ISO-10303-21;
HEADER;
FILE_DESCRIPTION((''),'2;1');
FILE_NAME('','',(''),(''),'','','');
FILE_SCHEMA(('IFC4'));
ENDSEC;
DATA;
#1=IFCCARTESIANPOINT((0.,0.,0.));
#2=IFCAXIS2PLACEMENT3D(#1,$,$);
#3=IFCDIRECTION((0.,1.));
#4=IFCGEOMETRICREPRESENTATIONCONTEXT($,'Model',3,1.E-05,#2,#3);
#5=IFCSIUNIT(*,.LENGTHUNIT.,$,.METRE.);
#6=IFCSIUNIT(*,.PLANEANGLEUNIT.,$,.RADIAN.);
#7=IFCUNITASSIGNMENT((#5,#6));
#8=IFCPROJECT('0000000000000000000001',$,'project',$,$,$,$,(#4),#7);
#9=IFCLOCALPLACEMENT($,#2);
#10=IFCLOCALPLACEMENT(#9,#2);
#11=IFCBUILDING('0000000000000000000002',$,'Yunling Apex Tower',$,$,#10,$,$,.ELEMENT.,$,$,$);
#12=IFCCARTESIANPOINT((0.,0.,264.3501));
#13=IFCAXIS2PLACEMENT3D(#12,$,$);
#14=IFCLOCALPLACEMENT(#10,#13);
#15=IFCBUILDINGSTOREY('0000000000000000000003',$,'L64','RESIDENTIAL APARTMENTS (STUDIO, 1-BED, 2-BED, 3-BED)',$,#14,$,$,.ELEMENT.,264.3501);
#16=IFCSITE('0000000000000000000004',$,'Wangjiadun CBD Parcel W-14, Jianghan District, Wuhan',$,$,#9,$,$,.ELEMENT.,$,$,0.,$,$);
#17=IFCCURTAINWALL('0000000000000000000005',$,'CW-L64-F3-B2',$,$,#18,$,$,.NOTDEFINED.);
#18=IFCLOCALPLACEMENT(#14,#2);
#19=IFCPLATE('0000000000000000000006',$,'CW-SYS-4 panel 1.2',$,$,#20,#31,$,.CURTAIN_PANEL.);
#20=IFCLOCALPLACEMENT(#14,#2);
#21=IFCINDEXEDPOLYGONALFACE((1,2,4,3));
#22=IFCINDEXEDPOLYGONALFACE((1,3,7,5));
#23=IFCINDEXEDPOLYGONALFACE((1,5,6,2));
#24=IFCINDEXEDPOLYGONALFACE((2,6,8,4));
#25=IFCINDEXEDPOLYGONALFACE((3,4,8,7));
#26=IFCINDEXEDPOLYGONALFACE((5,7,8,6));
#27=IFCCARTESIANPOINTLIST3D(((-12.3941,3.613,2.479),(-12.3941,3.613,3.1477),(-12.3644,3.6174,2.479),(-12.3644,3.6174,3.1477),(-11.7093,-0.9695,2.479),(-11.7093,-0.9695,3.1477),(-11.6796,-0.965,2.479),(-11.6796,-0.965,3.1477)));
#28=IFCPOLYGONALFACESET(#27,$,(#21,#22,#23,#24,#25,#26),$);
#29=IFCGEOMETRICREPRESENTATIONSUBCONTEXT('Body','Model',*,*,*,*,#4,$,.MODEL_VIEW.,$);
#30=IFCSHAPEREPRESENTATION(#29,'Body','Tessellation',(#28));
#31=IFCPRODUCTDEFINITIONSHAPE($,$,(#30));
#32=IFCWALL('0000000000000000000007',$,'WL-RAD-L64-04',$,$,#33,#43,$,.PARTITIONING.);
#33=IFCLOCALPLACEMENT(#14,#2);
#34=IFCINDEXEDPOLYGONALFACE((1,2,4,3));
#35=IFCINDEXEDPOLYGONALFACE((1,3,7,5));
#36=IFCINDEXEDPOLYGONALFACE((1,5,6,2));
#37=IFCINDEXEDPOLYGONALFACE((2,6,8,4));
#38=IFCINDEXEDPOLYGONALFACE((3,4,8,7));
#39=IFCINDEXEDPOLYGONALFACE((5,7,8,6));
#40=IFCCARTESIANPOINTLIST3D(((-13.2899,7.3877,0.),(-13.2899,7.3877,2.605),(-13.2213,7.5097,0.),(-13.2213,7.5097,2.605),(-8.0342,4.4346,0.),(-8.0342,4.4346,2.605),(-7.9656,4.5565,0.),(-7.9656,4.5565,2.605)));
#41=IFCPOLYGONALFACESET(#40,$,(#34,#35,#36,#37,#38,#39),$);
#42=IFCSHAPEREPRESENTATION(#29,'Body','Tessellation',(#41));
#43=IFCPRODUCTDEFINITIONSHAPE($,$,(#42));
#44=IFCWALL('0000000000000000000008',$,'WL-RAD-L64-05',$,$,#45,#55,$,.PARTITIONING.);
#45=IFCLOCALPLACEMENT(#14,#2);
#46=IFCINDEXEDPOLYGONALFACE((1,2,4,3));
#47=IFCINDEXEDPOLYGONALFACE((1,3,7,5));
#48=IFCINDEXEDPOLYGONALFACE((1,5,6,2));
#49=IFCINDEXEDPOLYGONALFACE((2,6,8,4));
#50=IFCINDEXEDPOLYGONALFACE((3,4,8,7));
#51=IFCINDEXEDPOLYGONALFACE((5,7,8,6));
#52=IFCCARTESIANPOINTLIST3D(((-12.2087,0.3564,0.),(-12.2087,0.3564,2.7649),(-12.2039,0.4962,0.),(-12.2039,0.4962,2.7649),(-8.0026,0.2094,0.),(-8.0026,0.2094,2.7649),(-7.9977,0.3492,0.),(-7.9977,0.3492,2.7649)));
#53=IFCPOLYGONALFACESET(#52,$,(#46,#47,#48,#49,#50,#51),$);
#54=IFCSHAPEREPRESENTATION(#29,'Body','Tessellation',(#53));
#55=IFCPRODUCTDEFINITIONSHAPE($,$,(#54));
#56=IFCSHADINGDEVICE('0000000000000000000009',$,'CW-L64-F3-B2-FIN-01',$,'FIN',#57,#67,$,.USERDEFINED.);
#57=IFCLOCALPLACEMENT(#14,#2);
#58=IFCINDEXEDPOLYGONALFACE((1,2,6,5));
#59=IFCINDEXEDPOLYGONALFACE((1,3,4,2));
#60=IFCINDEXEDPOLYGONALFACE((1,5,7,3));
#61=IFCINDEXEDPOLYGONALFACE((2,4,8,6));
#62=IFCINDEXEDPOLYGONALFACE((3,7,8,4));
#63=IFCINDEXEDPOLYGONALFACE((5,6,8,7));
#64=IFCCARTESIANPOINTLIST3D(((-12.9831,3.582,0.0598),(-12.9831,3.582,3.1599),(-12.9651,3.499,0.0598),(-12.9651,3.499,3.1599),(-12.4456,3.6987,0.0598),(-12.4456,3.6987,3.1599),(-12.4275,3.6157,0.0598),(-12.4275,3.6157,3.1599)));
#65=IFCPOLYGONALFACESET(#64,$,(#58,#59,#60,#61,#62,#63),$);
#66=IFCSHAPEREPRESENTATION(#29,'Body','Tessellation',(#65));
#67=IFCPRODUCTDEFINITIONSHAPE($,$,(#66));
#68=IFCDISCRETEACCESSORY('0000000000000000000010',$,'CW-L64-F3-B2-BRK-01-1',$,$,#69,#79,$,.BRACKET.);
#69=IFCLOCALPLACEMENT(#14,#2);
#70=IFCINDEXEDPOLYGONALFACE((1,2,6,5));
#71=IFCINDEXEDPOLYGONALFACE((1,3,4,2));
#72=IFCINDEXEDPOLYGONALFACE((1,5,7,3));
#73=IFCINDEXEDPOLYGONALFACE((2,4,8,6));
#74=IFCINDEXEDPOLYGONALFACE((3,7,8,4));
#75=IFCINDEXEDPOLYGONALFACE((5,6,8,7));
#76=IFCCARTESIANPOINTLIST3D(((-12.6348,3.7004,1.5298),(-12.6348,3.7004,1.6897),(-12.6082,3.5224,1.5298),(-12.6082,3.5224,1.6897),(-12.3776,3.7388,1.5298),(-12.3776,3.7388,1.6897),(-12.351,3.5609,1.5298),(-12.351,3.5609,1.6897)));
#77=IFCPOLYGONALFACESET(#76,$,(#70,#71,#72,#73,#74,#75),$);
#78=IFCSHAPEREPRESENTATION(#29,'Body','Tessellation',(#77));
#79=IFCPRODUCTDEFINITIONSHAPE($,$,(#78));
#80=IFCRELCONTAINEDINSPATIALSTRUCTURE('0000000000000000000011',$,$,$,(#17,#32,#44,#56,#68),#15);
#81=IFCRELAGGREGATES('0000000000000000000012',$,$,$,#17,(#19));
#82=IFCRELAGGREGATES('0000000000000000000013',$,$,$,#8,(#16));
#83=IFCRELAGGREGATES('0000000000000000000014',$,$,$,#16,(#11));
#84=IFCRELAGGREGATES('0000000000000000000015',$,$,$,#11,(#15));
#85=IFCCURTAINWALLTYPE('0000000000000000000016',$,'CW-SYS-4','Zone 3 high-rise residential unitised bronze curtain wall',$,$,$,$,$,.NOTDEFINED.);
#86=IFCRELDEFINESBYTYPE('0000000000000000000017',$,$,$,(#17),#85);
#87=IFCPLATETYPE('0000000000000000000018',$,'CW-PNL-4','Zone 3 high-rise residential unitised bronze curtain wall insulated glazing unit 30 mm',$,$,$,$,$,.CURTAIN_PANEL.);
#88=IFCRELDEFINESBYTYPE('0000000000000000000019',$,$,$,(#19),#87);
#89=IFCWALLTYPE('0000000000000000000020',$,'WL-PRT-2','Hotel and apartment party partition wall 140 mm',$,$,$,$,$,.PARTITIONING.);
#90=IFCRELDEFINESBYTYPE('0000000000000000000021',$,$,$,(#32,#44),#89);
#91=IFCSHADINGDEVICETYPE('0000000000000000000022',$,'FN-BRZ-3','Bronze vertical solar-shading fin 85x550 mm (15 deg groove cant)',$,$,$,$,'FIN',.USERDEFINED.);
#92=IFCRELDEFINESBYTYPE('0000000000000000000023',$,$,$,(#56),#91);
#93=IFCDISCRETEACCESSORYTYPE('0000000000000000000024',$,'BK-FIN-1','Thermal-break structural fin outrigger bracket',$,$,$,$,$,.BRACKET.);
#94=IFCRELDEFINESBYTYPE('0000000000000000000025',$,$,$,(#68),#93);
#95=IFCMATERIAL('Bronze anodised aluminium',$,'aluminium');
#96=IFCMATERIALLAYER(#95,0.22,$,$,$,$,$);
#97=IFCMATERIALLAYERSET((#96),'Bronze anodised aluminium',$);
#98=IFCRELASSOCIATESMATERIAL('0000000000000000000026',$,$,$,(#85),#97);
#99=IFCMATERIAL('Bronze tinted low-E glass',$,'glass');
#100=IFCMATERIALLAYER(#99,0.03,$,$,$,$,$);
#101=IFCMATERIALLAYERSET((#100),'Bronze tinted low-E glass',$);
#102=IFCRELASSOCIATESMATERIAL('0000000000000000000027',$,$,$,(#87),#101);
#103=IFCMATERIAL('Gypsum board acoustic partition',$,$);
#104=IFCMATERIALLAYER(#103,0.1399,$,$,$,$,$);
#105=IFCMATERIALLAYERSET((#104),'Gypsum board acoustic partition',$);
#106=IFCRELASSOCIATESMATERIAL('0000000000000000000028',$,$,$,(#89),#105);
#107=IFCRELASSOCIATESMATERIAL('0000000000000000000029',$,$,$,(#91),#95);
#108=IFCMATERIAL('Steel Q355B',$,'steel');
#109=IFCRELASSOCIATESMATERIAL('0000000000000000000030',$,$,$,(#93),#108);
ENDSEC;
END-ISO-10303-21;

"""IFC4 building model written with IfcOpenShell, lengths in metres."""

from ifc_helpers import new_model, si_unit, direction, frame, frame_2d, origin, origin_2d, place, context, subcontext, project, spatial, rectangle, extrude, source, transform, mapped, material, layer, layer_set, material_profile, profile_set, type_object, element, aggregate, save


model = new_model("IFC4")

# Units and contexts
model_context = context("Model", 3, precision=1e-05, world=origin(), true_north=direction((0.0, 1.0)))
body_context = subcontext(model_context, "Body", "Model", "MODEL_VIEW")
ifc_project = project(units=[si_unit("LENGTHUNIT", "METRE"), si_unit("PLANEANGLEUNIT", "RADIAN")], contexts=[model_context])

# Site, building, storey
site_placement = place(None, origin())
site = spatial("IfcSite", under=ifc_project, at=site_placement, Name="Wangjiadun CBD Parcel W-14, Jianghan District, Wuhan", CompositionType="ELEMENT", RefElevation=0.0)
building_placement = place(site_placement, origin())
building = spatial("IfcBuilding", under=site, at=building_placement, Name="Yunling Apex Tower", CompositionType="ELEMENT")
storey_placement = place(building_placement, frame((0.0, 0.0, 264.3501)))
storey = spatial("IfcBuildingStorey", under=building, at=storey_placement, Name="L64", Description="RESIDENTIAL APARTMENTS (STUDIO, 1-BED, 2-BED, 3-BED)", CompositionType="ELEMENT", Elevation=264.3501)

# Shared definitions
ifc_material_1 = material(Name="Steel Q355B", Category="steel")

# Shared definitions
ifc_material_2 = material(Name="Bronze anodised aluminium", Category="aluminium")
ifc_layer_1 = layer(ifc_material_2, 0.22)
ifc_layer_set_1 = layer_set([ifc_layer_1], Name="Bronze anodised aluminium")
curtain_wall_type = type_object("IfcCurtainWallType", Name="CW-SYS-4", Description="Zone 3 high-rise residential unitised bronze curtain wall", PredefinedType="NOTDEFINED", material=ifc_layer_set_1)

# Curtain wall, plate
curtain_wall_1_placement = place(storey_placement, origin())
curtain_wall_1 = element("IfcCurtainWall", 1, at=curtain_wall_1_placement, inside=storey, type_object=curtain_wall_type, Name="CW-L64-F3-B2", PredefinedType="NOTDEFINED")
ifc_material_3 = material(Name="Bronze tinted low-E glass", Category="glass")
ifc_layer_2 = layer(ifc_material_3, 0.03)
ifc_layer_set_2 = layer_set([ifc_layer_2], Name="Bronze tinted low-E glass")
plate_type = type_object("IfcPlateType", Name="CW-PNL-4", Description="Zone 3 high-rise residential unitised bronze curtain wall insulated glazing unit 30 mm", PredefinedType="CURTAIN_PANEL", material=ifc_layer_set_2)
shared_shape_1 = source(origin(), body_context, "Body", "SweptSolid", [
    extrude(rectangle(XDim=4.6333, YDim=0.03, at=origin_2d()), origin(), (0.0, 0.0, 1.0), 0.6687),
])
plate_1_placement = place(storey_placement, frame((-12.0369, 1.324, 2.479), z_axis=(0.0, 0.0, 1.0), x_axis=(0.147804, -0.989017, 0.0)))
plate_1 = element("IfcPlate", 2, at=plate_1_placement, type_object=plate_type, Name="CW-SYS-4 panel 1.2", PredefinedType="CURTAIN_PANEL", context=body_context, shape_type="MappedRepresentation", body=[
    mapped(shared_shape_1, transform((0.0, 0.0, 0.0), scale=1.0)),
])
aggregate(curtain_wall_1, [plate_1])

# Walls
ifc_material_4 = material(Name="Gypsum board acoustic partition")
ifc_layer_3 = layer(ifc_material_4, 0.1399)
ifc_layer_set_3 = layer_set([ifc_layer_3], Name="Gypsum board acoustic partition")
wall_type = type_object("IfcWallType", Name="WL-PRT-2", Description="Hotel and apartment party partition wall 140 mm", PredefinedType="PARTITIONING", material=ifc_layer_set_3)
wall_1_placement = place(storey_placement, frame((-8.0, 4.4956, 0.0), z_axis=(0.0, 0.0, 1.0), x_axis=(-0.871799, 0.489863, 0.0)))
element("IfcWall", 3, at=wall_1_placement, inside=storey, type_object=wall_type, Name="WL-RAD-L64-04", PredefinedType="PARTITIONING", context=body_context, shape_type="SweptSolid", body=[
    extrude(rectangle(XDim=6.0286, YDim=0.1399, at=frame_2d((3.0142, 0.0))), origin(), (0.0, 0.0, 1.0), 2.605),
])
wall_2_placement = place(storey_placement, frame((-8.0, 0.2793, 0.0), z_axis=(0.0, 0.0, 1.0), x_axis=(-0.99939, 0.034922, 0.0)))
element("IfcWall", 4, at=wall_2_placement, inside=storey, type_object=wall_type, Name="WL-RAD-L64-05", PredefinedType="PARTITIONING", context=body_context, shape_type="SweptSolid", body=[
    extrude(rectangle(XDim=4.2087, YDim=0.1399, at=frame_2d((2.1045, 0.0))), origin(), (0.0, 0.0, 1.0), 2.7649),
])

# Shading device
ifc_material_profile_1 = material_profile(ifc_material_2, rectangle(XDim=0.085, YDim=0.55, at=origin_2d()))
ifc_profile_set_1 = profile_set([ifc_material_profile_1], Name="Bronze anodised aluminium")
shading_device_type = type_object("IfcShadingDeviceType", Name="FN-BRZ-3", Description="Bronze vertical solar-shading fin 85x550 mm (15 deg groove cant)", ElementType="FIN", PredefinedType="USERDEFINED", material=ifc_profile_set_1)
shared_shape_2 = source(origin(), body_context, "Body", "SweptSolid", [
    extrude(rectangle(XDim=0.085, YDim=0.55, at=origin_2d()), origin(), (0.0, 0.0, 1.0), 3.1001),
])
shading_device_placement = place(storey_placement, frame((-12.7053, 3.5989, 0.0598), z_axis=(0.0, 0.0, 1.0), x_axis=(0.212178, -0.977231, 0.0)))
element("IfcShadingDevice", 5, at=shading_device_placement, inside=storey, type_object=shading_device_type, Name="CW-L64-F3-B2-FIN-01", ObjectType="FIN", PredefinedType="USERDEFINED", context=body_context, shape_type="MappedRepresentation", body=[
    mapped(shared_shape_2, transform((0.0, 0.0, 0.0), scale=1.0)),
])

# Discrete accessory
discrete_accessory_type = type_object("IfcDiscreteAccessoryType", Name="BK-FIN-1", Description="Thermal-break structural fin outrigger bracket", PredefinedType="BRACKET", material=ifc_material_1)
shared_shape_3 = source(origin(), body_context, "Body", "SweptSolid", [
    extrude(rectangle(XDim=0.1799, YDim=0.26, at=origin_2d()), origin(), (0.0, 0.0, 1.0), 0.1599),
])
discrete_accessory_placement = place(storey_placement, frame((-12.4929, 3.6306, 1.5298), z_axis=(0.0, 0.0, 1.0), x_axis=(0.147809, -0.989016, 0.0)))
element("IfcDiscreteAccessory", 6, at=discrete_accessory_placement, inside=storey, type_object=discrete_accessory_type, Name="CW-L64-F3-B2-BRK-01-1", PredefinedType="BRACKET", context=body_context, shape_type="MappedRepresentation", body=[
    mapped(shared_shape_3, transform((0.0, 0.0, 0.0), scale=1.0)),
])

save(model, "model.ifc")
